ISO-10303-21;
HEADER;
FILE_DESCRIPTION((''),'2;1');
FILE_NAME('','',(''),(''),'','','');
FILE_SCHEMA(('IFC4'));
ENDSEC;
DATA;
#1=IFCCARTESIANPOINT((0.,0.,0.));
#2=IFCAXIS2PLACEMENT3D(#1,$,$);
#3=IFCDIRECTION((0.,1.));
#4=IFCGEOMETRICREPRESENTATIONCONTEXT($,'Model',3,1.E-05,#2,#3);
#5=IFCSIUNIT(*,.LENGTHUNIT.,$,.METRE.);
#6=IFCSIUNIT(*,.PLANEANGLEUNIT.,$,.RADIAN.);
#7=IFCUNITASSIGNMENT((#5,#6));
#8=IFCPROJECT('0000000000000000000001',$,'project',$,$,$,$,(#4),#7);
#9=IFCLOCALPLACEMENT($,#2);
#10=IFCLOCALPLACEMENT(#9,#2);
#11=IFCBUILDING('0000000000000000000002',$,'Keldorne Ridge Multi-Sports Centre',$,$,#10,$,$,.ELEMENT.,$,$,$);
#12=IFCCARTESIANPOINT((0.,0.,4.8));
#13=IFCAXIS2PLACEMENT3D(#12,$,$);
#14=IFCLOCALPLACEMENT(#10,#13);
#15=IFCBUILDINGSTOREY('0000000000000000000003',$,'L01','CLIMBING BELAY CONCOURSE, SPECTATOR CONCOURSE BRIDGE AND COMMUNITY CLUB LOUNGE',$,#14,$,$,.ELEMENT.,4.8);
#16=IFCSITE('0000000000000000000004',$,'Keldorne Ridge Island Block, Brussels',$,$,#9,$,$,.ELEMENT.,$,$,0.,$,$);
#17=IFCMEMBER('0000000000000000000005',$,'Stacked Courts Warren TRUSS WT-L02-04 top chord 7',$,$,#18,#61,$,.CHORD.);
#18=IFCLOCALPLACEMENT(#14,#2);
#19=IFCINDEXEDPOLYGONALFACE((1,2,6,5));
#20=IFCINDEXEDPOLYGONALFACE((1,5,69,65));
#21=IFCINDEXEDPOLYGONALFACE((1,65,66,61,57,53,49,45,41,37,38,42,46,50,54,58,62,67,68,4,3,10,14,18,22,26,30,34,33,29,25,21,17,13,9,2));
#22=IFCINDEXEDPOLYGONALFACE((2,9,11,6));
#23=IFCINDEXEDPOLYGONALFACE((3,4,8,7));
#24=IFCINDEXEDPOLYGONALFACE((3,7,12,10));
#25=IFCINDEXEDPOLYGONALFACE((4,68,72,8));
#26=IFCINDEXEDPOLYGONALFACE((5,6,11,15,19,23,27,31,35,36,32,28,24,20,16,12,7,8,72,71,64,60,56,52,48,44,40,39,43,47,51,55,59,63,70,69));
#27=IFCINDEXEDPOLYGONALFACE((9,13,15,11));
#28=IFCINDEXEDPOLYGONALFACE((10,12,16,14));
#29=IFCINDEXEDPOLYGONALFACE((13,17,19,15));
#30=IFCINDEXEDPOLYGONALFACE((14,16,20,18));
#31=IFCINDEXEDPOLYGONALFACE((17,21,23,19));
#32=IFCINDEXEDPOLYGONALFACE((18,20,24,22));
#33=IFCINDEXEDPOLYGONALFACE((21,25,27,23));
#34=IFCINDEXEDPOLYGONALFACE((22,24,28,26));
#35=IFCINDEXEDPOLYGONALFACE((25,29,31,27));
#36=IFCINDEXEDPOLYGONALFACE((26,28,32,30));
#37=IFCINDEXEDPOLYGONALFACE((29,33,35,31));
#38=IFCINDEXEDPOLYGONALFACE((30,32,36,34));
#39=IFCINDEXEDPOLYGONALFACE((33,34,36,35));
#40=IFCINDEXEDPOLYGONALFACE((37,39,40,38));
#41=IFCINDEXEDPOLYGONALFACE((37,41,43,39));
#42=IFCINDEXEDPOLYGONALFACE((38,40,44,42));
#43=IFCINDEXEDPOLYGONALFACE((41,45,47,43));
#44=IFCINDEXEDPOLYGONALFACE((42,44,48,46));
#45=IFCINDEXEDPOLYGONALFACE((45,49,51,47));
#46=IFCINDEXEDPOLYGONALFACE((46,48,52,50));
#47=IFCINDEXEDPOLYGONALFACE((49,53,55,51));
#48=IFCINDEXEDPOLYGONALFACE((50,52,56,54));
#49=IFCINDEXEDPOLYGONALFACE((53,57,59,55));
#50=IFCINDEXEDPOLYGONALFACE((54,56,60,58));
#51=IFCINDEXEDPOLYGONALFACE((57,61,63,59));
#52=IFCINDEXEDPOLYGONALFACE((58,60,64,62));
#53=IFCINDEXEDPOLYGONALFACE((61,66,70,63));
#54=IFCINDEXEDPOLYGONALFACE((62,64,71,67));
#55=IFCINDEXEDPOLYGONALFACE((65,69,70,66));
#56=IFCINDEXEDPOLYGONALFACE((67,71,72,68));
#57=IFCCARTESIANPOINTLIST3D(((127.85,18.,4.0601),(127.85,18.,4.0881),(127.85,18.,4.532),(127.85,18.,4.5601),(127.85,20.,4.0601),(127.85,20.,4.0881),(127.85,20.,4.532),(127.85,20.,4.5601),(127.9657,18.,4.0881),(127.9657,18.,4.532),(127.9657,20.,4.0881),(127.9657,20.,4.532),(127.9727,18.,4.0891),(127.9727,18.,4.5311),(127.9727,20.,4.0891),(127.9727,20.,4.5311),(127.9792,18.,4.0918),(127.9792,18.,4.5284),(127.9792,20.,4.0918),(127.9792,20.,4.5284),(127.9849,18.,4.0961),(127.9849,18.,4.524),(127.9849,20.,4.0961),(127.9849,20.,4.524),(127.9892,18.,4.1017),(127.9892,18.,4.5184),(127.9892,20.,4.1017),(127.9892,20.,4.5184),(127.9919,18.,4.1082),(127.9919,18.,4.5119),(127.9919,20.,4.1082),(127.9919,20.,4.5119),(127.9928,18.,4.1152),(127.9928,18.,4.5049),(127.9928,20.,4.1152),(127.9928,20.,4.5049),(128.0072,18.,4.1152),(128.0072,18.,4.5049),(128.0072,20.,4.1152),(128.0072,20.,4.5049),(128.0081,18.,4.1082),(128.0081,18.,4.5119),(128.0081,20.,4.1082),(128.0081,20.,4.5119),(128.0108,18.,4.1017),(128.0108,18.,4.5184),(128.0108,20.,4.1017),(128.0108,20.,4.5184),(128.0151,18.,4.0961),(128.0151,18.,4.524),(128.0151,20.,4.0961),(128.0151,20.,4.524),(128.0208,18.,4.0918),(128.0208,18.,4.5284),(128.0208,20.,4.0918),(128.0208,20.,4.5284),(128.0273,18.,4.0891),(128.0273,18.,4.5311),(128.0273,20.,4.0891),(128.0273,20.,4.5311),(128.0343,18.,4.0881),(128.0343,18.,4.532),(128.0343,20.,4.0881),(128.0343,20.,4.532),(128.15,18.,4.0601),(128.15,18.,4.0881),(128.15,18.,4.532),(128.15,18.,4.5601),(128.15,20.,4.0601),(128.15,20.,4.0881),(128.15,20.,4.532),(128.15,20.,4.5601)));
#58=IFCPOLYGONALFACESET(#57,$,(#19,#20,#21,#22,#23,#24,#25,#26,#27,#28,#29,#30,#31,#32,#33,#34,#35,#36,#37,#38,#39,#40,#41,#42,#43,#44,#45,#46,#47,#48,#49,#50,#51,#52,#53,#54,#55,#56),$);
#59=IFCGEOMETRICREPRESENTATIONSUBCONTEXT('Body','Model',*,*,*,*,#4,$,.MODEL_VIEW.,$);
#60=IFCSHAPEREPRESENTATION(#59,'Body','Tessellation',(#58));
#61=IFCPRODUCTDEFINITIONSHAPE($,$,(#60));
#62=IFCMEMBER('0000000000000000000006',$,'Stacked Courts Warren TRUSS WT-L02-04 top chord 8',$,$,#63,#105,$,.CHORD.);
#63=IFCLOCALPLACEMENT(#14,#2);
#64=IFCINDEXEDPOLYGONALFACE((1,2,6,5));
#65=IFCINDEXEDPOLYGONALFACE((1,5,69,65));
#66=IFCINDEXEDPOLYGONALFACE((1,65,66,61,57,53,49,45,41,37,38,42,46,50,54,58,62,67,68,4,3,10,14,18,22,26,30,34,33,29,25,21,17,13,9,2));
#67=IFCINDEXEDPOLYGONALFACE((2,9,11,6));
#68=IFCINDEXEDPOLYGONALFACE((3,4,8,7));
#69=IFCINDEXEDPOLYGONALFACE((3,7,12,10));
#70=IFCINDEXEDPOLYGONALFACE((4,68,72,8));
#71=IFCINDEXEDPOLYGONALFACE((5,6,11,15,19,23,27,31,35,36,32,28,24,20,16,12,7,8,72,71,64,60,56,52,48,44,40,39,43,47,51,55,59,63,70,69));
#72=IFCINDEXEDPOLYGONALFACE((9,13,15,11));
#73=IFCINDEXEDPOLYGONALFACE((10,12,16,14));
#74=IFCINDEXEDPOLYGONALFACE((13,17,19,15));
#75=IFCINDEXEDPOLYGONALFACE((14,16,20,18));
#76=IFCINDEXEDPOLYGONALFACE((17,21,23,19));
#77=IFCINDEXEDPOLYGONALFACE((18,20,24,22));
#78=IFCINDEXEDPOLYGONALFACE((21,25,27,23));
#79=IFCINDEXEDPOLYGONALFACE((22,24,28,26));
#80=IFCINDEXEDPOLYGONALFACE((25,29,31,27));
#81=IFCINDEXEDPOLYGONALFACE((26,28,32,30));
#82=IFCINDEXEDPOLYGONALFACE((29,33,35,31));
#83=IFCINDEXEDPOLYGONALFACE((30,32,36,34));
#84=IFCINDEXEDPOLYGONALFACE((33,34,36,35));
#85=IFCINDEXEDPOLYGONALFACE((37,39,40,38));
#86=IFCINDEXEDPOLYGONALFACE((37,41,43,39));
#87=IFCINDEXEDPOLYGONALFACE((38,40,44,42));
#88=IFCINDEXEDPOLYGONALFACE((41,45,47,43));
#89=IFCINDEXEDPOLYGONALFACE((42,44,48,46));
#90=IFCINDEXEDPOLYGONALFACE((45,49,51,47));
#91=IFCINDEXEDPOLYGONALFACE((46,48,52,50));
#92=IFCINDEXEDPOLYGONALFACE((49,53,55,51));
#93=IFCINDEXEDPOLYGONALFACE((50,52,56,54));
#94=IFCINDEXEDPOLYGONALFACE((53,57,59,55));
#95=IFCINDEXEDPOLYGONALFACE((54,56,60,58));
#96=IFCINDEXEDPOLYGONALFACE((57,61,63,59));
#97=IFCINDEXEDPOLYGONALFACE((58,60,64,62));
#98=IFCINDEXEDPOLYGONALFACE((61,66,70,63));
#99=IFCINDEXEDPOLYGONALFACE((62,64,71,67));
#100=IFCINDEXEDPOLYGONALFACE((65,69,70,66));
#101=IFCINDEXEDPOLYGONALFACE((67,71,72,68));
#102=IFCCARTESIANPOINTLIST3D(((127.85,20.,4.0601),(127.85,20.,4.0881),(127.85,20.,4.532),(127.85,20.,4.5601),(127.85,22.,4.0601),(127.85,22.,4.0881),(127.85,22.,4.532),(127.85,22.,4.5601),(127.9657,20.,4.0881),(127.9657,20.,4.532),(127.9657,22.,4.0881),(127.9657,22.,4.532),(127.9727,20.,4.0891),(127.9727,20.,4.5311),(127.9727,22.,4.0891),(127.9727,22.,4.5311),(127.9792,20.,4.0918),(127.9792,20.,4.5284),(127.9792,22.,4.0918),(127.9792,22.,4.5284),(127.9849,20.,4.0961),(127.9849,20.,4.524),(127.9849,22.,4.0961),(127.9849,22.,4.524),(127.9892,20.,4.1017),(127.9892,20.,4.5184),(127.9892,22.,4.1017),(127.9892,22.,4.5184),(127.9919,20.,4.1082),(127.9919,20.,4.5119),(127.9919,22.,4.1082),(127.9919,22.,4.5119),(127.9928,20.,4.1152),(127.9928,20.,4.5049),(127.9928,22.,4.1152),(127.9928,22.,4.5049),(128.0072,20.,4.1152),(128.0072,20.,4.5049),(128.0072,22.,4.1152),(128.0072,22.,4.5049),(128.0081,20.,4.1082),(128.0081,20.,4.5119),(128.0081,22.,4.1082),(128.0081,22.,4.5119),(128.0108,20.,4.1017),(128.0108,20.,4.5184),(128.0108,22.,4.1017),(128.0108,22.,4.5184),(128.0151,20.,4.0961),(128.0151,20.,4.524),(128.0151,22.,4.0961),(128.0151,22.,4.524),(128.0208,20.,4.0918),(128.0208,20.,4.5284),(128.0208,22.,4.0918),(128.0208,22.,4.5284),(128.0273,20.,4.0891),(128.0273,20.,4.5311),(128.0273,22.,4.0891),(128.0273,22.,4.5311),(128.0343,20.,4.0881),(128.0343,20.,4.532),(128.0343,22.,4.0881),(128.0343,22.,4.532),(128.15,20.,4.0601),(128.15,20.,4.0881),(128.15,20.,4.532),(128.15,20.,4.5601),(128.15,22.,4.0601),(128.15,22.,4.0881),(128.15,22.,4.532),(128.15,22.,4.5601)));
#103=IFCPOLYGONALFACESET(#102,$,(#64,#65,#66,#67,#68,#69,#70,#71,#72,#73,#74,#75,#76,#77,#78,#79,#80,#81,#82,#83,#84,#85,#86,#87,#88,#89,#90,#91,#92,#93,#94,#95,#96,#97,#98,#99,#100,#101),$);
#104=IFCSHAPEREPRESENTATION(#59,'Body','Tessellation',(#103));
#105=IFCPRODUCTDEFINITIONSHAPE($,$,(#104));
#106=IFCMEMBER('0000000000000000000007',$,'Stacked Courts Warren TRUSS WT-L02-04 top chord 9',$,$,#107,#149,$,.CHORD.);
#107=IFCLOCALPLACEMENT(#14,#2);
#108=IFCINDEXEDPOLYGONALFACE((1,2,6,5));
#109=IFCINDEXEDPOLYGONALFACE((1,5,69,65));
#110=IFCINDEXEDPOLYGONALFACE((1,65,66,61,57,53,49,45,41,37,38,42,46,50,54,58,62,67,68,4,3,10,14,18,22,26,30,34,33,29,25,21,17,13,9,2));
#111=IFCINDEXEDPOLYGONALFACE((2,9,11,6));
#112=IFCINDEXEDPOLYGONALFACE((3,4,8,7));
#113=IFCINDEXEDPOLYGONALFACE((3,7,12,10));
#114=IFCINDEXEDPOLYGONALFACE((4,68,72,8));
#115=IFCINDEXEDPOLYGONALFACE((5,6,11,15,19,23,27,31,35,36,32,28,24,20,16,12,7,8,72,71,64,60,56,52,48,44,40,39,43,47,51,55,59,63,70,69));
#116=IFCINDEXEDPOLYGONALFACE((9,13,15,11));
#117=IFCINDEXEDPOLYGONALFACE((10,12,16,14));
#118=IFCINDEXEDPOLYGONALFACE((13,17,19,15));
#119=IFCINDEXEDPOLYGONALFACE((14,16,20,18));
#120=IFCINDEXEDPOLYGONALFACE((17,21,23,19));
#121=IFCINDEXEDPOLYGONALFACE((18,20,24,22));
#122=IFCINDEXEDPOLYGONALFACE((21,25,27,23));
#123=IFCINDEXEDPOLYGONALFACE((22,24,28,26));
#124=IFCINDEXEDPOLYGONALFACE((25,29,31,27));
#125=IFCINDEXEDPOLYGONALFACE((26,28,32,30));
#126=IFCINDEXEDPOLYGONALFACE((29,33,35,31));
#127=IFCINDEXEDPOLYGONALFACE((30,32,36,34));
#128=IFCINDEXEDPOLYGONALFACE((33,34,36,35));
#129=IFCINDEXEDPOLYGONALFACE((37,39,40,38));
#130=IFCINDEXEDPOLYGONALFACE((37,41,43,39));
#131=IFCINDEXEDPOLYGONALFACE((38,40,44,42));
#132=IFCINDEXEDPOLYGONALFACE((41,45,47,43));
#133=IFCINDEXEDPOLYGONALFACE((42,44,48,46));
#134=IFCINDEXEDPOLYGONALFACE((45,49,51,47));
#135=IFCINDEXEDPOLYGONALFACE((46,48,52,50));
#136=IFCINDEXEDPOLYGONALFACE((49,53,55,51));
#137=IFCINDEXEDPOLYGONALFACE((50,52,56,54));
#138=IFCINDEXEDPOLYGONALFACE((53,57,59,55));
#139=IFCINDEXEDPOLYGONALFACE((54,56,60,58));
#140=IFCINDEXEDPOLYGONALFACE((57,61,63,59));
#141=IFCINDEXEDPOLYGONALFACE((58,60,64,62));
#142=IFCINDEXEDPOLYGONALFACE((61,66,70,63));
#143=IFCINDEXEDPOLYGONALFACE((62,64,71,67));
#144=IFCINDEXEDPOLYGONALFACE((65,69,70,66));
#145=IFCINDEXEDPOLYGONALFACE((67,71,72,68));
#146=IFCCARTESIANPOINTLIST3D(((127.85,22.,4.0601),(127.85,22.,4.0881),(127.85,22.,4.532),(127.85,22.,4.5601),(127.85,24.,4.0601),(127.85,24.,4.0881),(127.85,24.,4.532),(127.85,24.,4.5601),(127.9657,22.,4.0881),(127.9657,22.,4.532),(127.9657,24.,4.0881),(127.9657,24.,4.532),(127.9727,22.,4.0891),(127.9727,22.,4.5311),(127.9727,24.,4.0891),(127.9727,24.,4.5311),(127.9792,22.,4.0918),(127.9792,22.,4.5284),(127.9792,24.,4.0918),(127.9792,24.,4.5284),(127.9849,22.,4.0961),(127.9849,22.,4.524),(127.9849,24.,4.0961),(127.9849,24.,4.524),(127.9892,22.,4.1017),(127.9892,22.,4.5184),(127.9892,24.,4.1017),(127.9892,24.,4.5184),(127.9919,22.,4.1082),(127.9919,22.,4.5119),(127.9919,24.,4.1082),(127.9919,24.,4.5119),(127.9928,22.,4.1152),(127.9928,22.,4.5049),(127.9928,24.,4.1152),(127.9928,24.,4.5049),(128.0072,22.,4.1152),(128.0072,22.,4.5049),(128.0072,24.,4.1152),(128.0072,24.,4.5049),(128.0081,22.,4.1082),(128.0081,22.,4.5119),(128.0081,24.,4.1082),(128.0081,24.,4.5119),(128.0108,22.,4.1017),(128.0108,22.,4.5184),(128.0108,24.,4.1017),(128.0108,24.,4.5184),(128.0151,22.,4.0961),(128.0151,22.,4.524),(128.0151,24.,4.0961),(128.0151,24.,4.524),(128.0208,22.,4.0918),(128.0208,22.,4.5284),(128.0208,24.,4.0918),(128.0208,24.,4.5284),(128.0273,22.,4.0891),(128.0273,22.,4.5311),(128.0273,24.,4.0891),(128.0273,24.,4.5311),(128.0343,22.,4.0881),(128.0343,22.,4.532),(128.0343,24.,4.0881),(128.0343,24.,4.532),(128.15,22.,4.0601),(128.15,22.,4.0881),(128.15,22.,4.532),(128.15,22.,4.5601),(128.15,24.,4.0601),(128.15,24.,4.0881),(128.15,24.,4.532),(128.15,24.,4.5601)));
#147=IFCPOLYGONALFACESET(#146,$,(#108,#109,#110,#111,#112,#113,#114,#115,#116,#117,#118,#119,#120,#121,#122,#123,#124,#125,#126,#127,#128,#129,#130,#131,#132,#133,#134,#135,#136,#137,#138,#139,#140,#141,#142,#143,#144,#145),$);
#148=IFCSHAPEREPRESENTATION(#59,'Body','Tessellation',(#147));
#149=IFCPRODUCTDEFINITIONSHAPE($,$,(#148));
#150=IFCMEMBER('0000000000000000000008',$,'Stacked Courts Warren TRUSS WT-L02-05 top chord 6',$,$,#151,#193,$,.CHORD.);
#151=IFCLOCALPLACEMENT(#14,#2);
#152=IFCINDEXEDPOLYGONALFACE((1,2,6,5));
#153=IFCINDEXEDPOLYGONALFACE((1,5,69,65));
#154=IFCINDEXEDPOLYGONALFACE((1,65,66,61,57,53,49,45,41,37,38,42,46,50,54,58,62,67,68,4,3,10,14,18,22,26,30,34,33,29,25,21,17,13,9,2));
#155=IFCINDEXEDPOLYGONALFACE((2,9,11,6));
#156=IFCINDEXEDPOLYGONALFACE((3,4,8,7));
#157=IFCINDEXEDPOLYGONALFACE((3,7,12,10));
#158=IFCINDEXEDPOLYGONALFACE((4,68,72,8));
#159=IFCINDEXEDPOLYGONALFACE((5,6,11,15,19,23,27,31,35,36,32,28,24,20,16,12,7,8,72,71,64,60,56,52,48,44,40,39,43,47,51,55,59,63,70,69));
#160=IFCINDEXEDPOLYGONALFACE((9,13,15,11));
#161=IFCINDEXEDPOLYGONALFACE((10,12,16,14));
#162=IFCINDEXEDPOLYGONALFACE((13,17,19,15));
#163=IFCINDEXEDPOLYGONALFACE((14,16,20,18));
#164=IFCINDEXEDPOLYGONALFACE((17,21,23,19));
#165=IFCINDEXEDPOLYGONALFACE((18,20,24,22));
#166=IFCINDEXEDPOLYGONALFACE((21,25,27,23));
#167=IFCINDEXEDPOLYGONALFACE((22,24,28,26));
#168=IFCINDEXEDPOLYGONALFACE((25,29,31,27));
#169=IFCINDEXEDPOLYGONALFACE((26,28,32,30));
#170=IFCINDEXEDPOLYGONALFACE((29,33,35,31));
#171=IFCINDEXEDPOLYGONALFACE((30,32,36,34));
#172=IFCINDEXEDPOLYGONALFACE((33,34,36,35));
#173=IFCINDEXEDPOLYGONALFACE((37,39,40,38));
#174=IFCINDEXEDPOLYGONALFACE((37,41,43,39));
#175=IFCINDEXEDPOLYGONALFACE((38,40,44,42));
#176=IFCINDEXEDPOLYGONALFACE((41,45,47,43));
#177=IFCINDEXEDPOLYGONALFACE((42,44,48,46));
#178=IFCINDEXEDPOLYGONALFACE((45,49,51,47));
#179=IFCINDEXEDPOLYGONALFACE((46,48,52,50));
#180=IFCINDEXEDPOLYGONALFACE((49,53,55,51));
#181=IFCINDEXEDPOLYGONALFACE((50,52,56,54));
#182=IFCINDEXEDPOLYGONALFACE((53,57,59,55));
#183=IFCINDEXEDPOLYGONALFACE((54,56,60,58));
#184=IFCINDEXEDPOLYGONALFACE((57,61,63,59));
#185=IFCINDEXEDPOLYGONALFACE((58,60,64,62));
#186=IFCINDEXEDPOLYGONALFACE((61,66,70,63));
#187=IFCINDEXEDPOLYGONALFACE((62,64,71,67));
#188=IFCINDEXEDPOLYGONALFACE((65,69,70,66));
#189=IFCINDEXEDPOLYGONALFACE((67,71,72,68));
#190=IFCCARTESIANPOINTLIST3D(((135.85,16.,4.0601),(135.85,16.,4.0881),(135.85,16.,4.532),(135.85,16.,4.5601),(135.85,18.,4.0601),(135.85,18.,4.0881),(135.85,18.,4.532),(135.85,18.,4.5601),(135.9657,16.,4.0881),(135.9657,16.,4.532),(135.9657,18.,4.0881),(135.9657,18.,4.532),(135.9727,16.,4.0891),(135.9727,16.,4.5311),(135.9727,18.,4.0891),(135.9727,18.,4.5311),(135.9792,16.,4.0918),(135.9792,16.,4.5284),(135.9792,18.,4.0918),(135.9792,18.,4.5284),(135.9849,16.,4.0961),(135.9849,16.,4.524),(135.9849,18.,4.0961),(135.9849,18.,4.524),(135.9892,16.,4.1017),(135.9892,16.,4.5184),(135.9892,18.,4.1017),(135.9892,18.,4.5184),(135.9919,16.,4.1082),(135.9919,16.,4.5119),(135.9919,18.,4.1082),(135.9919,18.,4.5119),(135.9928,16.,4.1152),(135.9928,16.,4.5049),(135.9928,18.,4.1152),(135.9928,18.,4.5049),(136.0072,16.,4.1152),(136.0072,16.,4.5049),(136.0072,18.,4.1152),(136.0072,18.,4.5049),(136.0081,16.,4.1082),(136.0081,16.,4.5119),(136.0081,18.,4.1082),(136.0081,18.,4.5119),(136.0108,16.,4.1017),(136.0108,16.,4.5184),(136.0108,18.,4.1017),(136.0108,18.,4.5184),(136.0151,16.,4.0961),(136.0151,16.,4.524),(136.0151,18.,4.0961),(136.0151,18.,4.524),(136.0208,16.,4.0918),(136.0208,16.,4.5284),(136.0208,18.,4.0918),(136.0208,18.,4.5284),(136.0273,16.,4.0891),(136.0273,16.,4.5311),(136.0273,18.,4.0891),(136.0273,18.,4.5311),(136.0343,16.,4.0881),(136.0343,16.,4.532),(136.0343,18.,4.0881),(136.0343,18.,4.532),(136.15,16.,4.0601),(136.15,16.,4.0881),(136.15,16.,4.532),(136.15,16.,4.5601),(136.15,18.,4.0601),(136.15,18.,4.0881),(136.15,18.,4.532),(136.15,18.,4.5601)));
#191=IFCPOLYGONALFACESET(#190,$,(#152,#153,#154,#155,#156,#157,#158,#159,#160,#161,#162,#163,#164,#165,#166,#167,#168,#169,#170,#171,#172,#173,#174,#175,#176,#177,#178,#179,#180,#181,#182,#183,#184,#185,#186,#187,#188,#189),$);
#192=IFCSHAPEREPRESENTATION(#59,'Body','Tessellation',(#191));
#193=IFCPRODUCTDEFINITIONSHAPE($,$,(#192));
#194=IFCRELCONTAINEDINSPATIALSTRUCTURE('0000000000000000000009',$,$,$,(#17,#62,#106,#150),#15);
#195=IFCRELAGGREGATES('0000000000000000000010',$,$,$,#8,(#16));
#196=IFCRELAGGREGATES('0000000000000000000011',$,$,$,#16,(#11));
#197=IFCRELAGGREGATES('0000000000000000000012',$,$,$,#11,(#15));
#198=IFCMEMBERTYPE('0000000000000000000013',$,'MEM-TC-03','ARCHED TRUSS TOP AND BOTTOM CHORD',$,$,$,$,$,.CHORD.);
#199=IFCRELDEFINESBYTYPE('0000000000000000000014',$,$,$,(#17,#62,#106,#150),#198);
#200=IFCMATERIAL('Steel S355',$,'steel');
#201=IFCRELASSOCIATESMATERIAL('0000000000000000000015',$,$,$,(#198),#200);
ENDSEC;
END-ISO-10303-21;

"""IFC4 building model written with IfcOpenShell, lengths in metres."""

from ifc_helpers import new_model, si_unit, direction, frame, origin, origin_2d, place, context, subcontext, project, spatial, i_section, extrude, material, material_profile, profile_set, type_object, element, save


model = new_model("IFC4")

# Units and contexts
model_context = context("Model", 3, precision=1e-05, world=origin(), true_north=direction((0.0, 1.0)))
body_context = subcontext(model_context, "Body", "Model", "MODEL_VIEW")
ifc_project = project(units=[si_unit("LENGTHUNIT", "METRE"), si_unit("PLANEANGLEUNIT", "RADIAN")], contexts=[model_context])

# Site, building, storey
site_placement = place(None, origin())
site = spatial("IfcSite", under=ifc_project, at=site_placement, Name="Keldorne Ridge Island Block, Brussels", CompositionType="ELEMENT", RefElevation=0.0)
building_placement = place(site_placement, origin())
building = spatial("IfcBuilding", under=site, at=building_placement, Name="Keldorne Ridge Multi-Sports Centre", CompositionType="ELEMENT")
storey_placement = place(building_placement, frame((0.0, 0.0, 4.8)))
storey = spatial("IfcBuildingStorey", under=building, at=storey_placement, Name="L01", Description="CLIMBING BELAY CONCOURSE, SPECTATOR CONCOURSE BRIDGE AND COMMUNITY CLUB LOUNGE", CompositionType="ELEMENT", Elevation=4.8)

# Members
ifc_material = material(Name="Steel S355", Category="steel")
ifc_material_profile_1 = material_profile(ifc_material, i_section(OverallWidth=0.3, OverallDepth=0.5, WebThickness=0.0144, FlangeThickness=0.0281, FilletRadius=0.0271, at=origin_2d()), Name="HEB 500")
ifc_profile_set_1 = profile_set([ifc_material_profile_1], Name="Steel S355")
member_type_1 = type_object("IfcMemberType", Name="MEM-TC-03", Description="ARCHED TRUSS TOP AND BOTTOM CHORD", PredefinedType="CHORD", material=ifc_profile_set_1)
for number, where, z_axis, x_axis, name in (
    (1, (128.0, 18.0, 4.3101), (0.0, 1.0, 0.0), (-1.0, 0.0, 0.0), "Stacked Courts Warren TRUSS WT-L02-04 top chord 7"),
    (2, (128.0, 20.0, 4.3101), (0.0, 1.0, 0.0), (-1.0, 0.0, 0.0), "Stacked Courts Warren TRUSS WT-L02-04 top chord 8"),
    (3, (128.0, 22.0, 4.3101), (0.0, 1.0, 0.0), (-1.0, 0.0, 0.0), "Stacked Courts Warren TRUSS WT-L02-04 top chord 9"),
    (4, (136.0, 16.0, 4.3101), (0.0, 1.0, 0.0), (-1.0, 0.0, 0.0), "Stacked Courts Warren TRUSS WT-L02-05 top chord 6"),
):
    element("IfcMember", number, at=place(storey_placement, frame(where, z_axis=z_axis, x_axis=x_axis)), inside=storey, type_object=member_type_1, Name=name, PredefinedType="CHORD", context=body_context, shape_type="SweptSolid", body=[
        extrude(i_section(OverallWidth=0.3, OverallDepth=0.5, WebThickness=0.0144, FlangeThickness=0.0281, FilletRadius=0.0271, at=origin_2d()), origin(), (0.0, 0.0, 1.0), 2.0),
    ])

save(model, "model.ifc")
